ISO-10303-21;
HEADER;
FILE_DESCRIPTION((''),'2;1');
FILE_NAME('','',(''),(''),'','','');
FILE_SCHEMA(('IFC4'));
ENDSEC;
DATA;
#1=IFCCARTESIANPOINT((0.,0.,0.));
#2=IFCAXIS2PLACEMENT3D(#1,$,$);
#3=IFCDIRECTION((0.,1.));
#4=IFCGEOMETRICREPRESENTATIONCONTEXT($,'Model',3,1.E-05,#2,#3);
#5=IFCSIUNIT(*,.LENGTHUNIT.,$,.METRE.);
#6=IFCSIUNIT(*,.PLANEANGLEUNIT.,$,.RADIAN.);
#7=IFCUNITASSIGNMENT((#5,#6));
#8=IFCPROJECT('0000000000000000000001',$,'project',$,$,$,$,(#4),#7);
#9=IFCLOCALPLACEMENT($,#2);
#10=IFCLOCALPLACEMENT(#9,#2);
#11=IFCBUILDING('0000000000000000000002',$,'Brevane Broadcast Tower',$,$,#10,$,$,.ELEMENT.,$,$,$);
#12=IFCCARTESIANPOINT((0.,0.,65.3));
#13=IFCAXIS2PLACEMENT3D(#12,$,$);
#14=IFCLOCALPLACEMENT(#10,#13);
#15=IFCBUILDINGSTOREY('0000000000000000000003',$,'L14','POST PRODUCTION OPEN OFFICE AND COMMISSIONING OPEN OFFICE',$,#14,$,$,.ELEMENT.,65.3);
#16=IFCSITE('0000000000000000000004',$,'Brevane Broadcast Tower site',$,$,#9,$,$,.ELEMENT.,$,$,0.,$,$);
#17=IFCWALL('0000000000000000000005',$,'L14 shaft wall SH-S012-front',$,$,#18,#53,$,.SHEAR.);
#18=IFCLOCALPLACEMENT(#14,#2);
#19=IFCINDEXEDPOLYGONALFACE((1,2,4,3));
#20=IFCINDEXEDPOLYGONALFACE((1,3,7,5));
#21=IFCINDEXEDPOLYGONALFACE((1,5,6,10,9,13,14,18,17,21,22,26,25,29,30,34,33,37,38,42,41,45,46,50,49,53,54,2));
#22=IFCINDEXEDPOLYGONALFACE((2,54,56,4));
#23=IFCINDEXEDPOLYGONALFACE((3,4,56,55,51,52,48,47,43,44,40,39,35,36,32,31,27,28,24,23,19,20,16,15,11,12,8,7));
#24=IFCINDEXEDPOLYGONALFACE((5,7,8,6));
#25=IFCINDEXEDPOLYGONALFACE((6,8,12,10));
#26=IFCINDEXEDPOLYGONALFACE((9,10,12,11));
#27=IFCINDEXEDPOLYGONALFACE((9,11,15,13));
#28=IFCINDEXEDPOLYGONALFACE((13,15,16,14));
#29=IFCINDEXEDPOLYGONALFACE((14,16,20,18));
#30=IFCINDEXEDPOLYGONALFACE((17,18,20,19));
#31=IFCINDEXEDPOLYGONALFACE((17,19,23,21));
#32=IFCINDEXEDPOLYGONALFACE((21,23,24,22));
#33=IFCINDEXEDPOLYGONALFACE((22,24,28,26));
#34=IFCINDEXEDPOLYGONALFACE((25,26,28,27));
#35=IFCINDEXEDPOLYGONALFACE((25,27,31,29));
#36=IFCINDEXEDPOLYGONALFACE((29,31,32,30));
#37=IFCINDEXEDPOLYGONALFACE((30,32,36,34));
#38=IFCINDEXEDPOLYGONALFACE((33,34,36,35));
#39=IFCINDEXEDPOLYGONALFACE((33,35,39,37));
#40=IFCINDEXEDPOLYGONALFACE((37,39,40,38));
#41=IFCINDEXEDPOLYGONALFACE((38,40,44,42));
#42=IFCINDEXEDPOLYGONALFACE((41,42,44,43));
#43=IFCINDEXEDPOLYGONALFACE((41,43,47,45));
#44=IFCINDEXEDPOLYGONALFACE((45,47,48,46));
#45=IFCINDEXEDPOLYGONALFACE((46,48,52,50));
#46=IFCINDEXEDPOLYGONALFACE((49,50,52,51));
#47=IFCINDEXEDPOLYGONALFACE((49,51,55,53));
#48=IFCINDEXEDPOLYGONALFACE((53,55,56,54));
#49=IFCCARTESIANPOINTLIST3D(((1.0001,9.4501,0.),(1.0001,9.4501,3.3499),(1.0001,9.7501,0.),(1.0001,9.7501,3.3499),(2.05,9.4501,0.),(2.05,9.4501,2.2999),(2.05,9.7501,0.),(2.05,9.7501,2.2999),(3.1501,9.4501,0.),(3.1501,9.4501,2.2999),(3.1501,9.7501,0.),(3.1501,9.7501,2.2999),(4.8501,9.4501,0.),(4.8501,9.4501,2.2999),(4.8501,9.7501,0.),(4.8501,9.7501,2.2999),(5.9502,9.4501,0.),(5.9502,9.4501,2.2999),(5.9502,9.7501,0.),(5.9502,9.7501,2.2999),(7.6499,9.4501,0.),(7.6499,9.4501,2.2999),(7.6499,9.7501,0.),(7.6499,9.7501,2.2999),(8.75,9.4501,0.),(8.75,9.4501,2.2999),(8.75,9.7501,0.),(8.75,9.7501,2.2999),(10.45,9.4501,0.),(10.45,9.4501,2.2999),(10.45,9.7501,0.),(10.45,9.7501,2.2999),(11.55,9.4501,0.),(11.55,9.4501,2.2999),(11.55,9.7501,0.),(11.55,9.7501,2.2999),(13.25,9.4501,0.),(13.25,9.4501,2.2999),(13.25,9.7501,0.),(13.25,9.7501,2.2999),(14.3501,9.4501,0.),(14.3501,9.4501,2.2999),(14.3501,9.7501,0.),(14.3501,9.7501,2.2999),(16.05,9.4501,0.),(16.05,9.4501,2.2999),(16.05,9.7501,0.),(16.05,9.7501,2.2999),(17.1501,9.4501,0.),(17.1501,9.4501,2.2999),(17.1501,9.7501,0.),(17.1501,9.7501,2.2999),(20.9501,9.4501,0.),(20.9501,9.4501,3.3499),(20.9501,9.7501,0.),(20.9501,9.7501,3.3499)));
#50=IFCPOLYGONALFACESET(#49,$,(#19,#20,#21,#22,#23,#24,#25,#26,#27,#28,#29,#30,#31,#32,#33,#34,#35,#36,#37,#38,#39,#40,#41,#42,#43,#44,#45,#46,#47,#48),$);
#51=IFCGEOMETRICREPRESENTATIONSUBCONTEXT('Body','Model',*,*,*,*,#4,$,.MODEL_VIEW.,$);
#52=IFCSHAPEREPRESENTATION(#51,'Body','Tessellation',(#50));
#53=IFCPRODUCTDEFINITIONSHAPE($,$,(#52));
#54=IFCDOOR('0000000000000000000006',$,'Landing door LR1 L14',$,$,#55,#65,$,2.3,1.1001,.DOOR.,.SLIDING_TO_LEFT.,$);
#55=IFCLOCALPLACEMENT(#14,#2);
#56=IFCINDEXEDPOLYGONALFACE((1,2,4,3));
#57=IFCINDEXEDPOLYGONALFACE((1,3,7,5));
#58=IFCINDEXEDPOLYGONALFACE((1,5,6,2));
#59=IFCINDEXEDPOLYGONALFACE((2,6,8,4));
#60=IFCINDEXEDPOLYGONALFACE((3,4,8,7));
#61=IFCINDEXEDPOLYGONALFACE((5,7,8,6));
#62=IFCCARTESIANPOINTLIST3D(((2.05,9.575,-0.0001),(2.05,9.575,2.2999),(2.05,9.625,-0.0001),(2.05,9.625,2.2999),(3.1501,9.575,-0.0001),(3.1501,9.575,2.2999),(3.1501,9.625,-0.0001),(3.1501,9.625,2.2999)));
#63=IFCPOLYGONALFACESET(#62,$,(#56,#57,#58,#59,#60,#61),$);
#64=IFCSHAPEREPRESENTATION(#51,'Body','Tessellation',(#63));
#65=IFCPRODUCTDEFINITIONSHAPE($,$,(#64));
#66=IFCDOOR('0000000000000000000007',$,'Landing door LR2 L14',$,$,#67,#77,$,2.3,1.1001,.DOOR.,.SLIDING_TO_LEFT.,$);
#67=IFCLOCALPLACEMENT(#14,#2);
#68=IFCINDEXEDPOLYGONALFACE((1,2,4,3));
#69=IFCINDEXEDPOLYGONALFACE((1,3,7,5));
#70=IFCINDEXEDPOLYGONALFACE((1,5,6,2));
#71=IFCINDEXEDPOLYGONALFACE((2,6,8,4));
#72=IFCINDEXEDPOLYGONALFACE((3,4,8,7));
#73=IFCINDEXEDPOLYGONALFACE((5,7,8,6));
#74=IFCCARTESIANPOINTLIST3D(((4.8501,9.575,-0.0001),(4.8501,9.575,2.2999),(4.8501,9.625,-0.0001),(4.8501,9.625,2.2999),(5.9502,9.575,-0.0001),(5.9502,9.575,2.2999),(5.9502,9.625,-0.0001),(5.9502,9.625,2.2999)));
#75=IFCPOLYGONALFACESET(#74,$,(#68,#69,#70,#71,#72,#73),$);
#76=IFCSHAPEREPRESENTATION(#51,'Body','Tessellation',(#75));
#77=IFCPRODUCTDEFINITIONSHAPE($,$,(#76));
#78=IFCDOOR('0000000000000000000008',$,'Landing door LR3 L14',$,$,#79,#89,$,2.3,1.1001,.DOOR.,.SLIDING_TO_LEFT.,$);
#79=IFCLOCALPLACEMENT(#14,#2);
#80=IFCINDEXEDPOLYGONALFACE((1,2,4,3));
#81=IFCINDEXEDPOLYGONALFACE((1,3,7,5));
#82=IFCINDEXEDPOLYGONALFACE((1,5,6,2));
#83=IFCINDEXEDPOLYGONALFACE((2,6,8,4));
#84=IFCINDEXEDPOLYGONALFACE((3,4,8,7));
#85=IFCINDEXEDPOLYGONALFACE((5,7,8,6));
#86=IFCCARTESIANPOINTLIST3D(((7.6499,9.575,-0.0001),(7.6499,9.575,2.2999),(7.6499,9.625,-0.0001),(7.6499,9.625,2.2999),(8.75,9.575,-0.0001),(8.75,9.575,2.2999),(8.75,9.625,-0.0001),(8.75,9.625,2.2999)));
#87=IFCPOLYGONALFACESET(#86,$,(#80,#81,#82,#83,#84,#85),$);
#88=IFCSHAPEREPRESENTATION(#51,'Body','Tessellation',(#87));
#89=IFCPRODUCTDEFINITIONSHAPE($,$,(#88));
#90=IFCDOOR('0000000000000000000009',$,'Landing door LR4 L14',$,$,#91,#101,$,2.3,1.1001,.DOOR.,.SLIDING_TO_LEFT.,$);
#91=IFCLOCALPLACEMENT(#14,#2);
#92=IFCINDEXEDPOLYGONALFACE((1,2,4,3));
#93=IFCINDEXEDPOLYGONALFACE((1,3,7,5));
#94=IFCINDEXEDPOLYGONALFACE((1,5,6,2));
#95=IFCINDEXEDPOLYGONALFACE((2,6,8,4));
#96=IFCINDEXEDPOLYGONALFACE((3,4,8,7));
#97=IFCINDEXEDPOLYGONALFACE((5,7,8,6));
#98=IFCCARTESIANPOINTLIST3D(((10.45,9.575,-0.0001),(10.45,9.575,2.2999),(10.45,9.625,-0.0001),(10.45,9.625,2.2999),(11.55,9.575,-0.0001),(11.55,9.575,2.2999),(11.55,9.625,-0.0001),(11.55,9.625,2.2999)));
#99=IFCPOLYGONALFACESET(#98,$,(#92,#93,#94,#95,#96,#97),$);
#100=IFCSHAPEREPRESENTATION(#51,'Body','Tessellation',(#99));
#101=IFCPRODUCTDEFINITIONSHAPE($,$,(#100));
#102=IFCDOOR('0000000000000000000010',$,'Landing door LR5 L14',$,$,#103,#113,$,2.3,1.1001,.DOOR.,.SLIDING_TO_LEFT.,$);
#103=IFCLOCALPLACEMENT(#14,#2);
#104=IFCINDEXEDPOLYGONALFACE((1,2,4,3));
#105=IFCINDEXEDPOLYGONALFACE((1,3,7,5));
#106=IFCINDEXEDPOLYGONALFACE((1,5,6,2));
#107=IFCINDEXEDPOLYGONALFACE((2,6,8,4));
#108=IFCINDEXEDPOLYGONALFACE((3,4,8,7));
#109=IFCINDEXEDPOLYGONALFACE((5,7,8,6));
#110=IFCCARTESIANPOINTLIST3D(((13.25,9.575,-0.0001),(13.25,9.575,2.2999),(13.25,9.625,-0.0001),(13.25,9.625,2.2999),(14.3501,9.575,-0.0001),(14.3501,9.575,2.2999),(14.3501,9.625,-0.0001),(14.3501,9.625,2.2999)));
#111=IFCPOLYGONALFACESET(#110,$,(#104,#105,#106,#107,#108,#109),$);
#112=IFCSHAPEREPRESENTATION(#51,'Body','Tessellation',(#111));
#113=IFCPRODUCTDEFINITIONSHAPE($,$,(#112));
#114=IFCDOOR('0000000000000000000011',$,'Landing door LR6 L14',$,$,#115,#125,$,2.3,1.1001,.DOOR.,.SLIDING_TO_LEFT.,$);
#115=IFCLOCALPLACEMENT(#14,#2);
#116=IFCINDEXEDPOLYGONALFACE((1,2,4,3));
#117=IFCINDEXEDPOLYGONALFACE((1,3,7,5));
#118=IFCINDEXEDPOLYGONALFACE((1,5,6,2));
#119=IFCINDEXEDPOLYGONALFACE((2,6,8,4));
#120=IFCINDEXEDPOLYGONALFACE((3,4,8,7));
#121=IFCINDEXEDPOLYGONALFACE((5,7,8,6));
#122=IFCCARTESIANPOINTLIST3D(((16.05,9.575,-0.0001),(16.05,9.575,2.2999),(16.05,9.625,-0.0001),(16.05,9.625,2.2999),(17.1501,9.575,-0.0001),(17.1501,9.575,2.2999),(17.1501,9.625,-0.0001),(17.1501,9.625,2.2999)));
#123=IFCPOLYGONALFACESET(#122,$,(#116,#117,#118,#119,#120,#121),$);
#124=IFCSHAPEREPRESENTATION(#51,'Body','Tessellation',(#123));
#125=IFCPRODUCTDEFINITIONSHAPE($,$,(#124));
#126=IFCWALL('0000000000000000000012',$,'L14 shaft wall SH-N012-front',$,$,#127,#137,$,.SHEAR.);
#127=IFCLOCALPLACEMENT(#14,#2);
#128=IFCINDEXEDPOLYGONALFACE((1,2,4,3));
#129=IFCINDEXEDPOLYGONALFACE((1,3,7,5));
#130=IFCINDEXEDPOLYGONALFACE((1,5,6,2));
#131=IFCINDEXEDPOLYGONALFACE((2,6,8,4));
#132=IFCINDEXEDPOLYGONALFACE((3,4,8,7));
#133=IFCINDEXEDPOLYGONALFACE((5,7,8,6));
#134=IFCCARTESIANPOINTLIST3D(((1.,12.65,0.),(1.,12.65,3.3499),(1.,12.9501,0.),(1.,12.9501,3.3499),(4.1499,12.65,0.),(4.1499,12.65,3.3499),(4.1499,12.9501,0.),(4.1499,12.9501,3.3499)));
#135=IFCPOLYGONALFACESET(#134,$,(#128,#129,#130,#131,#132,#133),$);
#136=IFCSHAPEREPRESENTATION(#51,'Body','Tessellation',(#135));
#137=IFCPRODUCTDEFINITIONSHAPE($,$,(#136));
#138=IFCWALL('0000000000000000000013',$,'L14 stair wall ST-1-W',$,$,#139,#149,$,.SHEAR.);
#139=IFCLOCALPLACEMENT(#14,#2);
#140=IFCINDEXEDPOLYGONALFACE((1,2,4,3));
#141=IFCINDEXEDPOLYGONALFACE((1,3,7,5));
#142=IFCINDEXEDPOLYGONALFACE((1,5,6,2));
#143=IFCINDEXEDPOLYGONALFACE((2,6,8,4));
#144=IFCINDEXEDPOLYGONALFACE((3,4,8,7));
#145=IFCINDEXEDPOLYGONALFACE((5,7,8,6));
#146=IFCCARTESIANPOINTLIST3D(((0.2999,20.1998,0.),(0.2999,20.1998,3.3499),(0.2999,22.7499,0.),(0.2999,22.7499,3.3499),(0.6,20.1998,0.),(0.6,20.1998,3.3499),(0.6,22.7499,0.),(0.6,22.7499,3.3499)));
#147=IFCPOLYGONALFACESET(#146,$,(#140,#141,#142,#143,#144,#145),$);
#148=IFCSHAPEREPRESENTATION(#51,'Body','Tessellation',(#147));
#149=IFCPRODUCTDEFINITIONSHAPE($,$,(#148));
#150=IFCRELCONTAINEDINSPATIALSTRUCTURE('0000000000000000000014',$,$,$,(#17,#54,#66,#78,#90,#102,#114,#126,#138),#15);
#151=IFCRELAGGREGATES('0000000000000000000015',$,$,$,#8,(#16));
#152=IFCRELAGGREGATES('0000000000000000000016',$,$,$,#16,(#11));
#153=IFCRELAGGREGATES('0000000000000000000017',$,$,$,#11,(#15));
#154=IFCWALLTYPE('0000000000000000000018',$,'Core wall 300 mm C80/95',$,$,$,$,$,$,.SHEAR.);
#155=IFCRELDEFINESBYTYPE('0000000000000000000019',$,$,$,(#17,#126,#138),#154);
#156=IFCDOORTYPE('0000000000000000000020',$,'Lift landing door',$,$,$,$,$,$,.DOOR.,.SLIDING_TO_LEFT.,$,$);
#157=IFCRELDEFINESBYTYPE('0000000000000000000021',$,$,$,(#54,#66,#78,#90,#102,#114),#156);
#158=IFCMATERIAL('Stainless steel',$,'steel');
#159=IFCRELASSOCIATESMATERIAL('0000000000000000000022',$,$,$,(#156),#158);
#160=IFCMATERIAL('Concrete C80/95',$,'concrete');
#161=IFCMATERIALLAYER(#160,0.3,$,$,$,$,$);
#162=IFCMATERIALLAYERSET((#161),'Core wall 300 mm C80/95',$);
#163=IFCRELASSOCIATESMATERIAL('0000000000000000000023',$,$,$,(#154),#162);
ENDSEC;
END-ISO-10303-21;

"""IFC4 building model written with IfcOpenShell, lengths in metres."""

from ifc_helpers import new_model, si_unit, direction, frame, frame_2d, origin, place, context, subcontext, project, spatial, rectangle, extrude, material, layer, layer_set, type_object, element, fill, save


model = new_model("IFC4")

# Units and contexts
model_context = context("Model", 3, precision=1e-05, world=origin(), true_north=direction((0.0, 1.0)))
body_context = subcontext(model_context, "Body", "Model", "MODEL_VIEW")
ifc_project = project(units=[si_unit("LENGTHUNIT", "METRE"), si_unit("PLANEANGLEUNIT", "RADIAN")], contexts=[model_context])

# Site, building, storey
site_placement = place(None, origin())
site = spatial("IfcSite", under=ifc_project, at=site_placement, Name="Brevane Broadcast Tower site", CompositionType="ELEMENT", RefElevation=0.0)
building_placement = place(site_placement, origin())
building = spatial("IfcBuilding", under=site, at=building_placement, Name="Brevane Broadcast Tower", CompositionType="ELEMENT")
storey_placement = place(building_placement, frame((0.0, 0.0, 65.3)))
storey = spatial("IfcBuildingStorey", under=building, at=storey_placement, Name="L14", Description="POST PRODUCTION OPEN OFFICE AND COMMISSIONING OPEN OFFICE", CompositionType="ELEMENT", Elevation=65.3)

# Shared definitions
ifc_material_1 = material(Name="Concrete C80/95", Category="concrete")
ifc_material_2 = material(Name="Stainless steel", Category="steel")
door_type = type_object("IfcDoorType", Name="Lift landing door", OperationType="SLIDING_TO_LEFT", PredefinedType="DOOR", material=ifc_material_2)

# Wall, openings, doors
ifc_layer_1 = layer(ifc_material_1, 0.3)
ifc_layer_set_1 = layer_set([ifc_layer_1], Name="Core wall 300 mm C80/95")
wall_type_1 = type_object("IfcWallType", Name="Core wall 300 mm C80/95", PredefinedType="SHEAR", material=ifc_layer_set_1)
wall_1_placement = place(storey_placement, frame((1.0, 9.6001, 0.0), z_axis=(0.0, 0.0, 1.0), x_axis=(1.0, 0.0, 0.0)))
wall_1 = element("IfcWall", 1, at=wall_1_placement, inside=storey, type_object=wall_type_1, Name="L14 shaft wall SH-S012-front", PredefinedType="SHEAR", context=body_context, shape_type="SweptSolid", body=[
    extrude(rectangle(XDim=19.95, YDim=0.3, at=frame_2d((9.9751, 0.0))), origin(), (0.0, 0.0, 1.0), 3.3499),
])
opening_1_placement = place(wall_1_placement, frame((1.05, 0.0, 0.0)))
opening_1 = element("IfcOpeningElement", 2, at=opening_1_placement, cuts=wall_1, PredefinedType="OPENING", context=body_context, shape_type="SweptSolid", body=[
    extrude(rectangle(XDim=1.1001, YDim=2.3, at=frame_2d((0.55, 1.1499))), frame((0.0, 0.1599, 0.0), z_axis=(0.0, -1.0, 0.0), x_axis=(1.0, 0.0, 0.0)), (0.0, 0.0, 1.0), 0.3201),
])
opening_2_placement = place(wall_1_placement, frame((3.8501, 0.0, 0.0)))
opening_2 = element("IfcOpeningElement", 3, at=opening_2_placement, cuts=wall_1, PredefinedType="OPENING", context=body_context, shape_type="SweptSolid", body=[
    extrude(rectangle(XDim=1.1001, YDim=2.3, at=frame_2d((0.55, 1.1499))), frame((0.0, 0.1599, 0.0), z_axis=(0.0, -1.0, 0.0), x_axis=(1.0, 0.0, 0.0)), (0.0, 0.0, 1.0), 0.3201),
])
opening_3_placement = place(wall_1_placement, frame((6.6499, 0.0, 0.0)))
opening_3 = element("IfcOpeningElement", 4, at=opening_3_placement, cuts=wall_1, PredefinedType="OPENING", context=body_context, shape_type="SweptSolid", body=[
    extrude(rectangle(XDim=1.1001, YDim=2.3, at=frame_2d((0.55, 1.1499))), frame((0.0, 0.1599, 0.0), z_axis=(0.0, -1.0, 0.0), x_axis=(1.0, 0.0, 0.0)), (0.0, 0.0, 1.0), 0.3201),
])
opening_4_placement = place(wall_1_placement, frame((9.45, 0.0, 0.0)))
opening_4 = element("IfcOpeningElement", 5, at=opening_4_placement, cuts=wall_1, PredefinedType="OPENING", context=body_context, shape_type="SweptSolid", body=[
    extrude(rectangle(XDim=1.1001, YDim=2.3, at=frame_2d((0.55, 1.1499))), frame((0.0, 0.1599, 0.0), z_axis=(0.0, -1.0, 0.0), x_axis=(1.0, 0.0, 0.0)), (0.0, 0.0, 1.0), 0.3201),
])
opening_5_placement = place(wall_1_placement, frame((12.25, 0.0, 0.0)))
opening_5 = element("IfcOpeningElement", 6, at=opening_5_placement, cuts=wall_1, PredefinedType="OPENING", context=body_context, shape_type="SweptSolid", body=[
    extrude(rectangle(XDim=1.1001, YDim=2.3, at=frame_2d((0.55, 1.1499))), frame((0.0, 0.1599, 0.0), z_axis=(0.0, -1.0, 0.0), x_axis=(1.0, 0.0, 0.0)), (0.0, 0.0, 1.0), 0.3201),
])
opening_6_placement = place(wall_1_placement, frame((15.05, 0.0, 0.0)))
opening_6 = element("IfcOpeningElement", 7, at=opening_6_placement, cuts=wall_1, PredefinedType="OPENING", context=body_context, shape_type="SweptSolid", body=[
    extrude(rectangle(XDim=1.1001, YDim=2.3, at=frame_2d((0.55, 1.1499))), frame((0.0, 0.1599, 0.0), z_axis=(0.0, -1.0, 0.0), x_axis=(1.0, 0.0, 0.0)), (0.0, 0.0, 1.0), 0.3201),
])
door_1_placement = place(opening_1_placement, origin())
door_1 = element("IfcDoor", 8, at=door_1_placement, inside=storey, type_object=door_type, Name="Landing door LR1 L14", OperationType="SLIDING_TO_LEFT", OverallHeight=2.3, OverallWidth=1.1001, PredefinedType="DOOR", context=body_context, shape_type="SweptSolid", body=[
    extrude(rectangle(XDim=1.1001, YDim=2.3, at=frame_2d((0.55, 1.1499))), frame((0.0, 0.0249, 0.0), z_axis=(0.0, -1.0, 0.0), x_axis=(1.0, 0.0, 0.0)), (0.0, 0.0, 1.0), 0.05),
])
fill(opening_1, door_1)
door_2_placement = place(opening_2_placement, origin())
door_2 = element("IfcDoor", 9, at=door_2_placement, inside=storey, type_object=door_type, Name="Landing door LR2 L14", OperationType="SLIDING_TO_LEFT", OverallHeight=2.3, OverallWidth=1.1001, PredefinedType="DOOR", context=body_context, shape_type="SweptSolid", body=[
    extrude(rectangle(XDim=1.1001, YDim=2.3, at=frame_2d((0.55, 1.1499))), frame((0.0, 0.0249, 0.0), z_axis=(0.0, -1.0, 0.0), x_axis=(1.0, 0.0, 0.0)), (0.0, 0.0, 1.0), 0.05),
])
fill(opening_2, door_2)
door_3_placement = place(opening_3_placement, origin())
door_3 = element("IfcDoor", 10, at=door_3_placement, inside=storey, type_object=door_type, Name="Landing door LR3 L14", OperationType="SLIDING_TO_LEFT", OverallHeight=2.3, OverallWidth=1.1001, PredefinedType="DOOR", context=body_context, shape_type="SweptSolid", body=[
    extrude(rectangle(XDim=1.1001, YDim=2.3, at=frame_2d((0.55, 1.1499))), frame((0.0, 0.0249, 0.0), z_axis=(0.0, -1.0, 0.0), x_axis=(1.0, 0.0, 0.0)), (0.0, 0.0, 1.0), 0.05),
])
fill(opening_3, door_3)
door_4_placement = place(opening_4_placement, origin())
door_4 = element("IfcDoor", 11, at=door_4_placement, inside=storey, type_object=door_type, Name="Landing door LR4 L14", OperationType="SLIDING_TO_LEFT", OverallHeight=2.3, OverallWidth=1.1001, PredefinedType="DOOR", context=body_context, shape_type="SweptSolid", body=[
    extrude(rectangle(XDim=1.1001, YDim=2.3, at=frame_2d((0.55, 1.1499))), frame((0.0, 0.0249, 0.0), z_axis=(0.0, -1.0, 0.0), x_axis=(1.0, 0.0, 0.0)), (0.0, 0.0, 1.0), 0.05),
])
fill(opening_4, door_4)
door_5_placement = place(opening_5_placement, origin())
door_5 = element("IfcDoor", 12, at=door_5_placement, inside=storey, type_object=door_type, Name="Landing door LR5 L14", OperationType="SLIDING_TO_LEFT", OverallHeight=2.3, OverallWidth=1.1001, PredefinedType="DOOR", context=body_context, shape_type="SweptSolid", body=[
    extrude(rectangle(XDim=1.1001, YDim=2.3, at=frame_2d((0.55, 1.1499))), frame((0.0, 0.0249, 0.0), z_axis=(0.0, -1.0, 0.0), x_axis=(1.0, 0.0, 0.0)), (0.0, 0.0, 1.0), 0.05),
])
fill(opening_5, door_5)
door_6_placement = place(opening_6_placement, origin())
door_6 = element("IfcDoor", 13, at=door_6_placement, inside=storey, type_object=door_type, Name="Landing door LR6 L14", OperationType="SLIDING_TO_LEFT", OverallHeight=2.3, OverallWidth=1.1001, PredefinedType="DOOR", context=body_context, shape_type="SweptSolid", body=[
    extrude(rectangle(XDim=1.1001, YDim=2.3, at=frame_2d((0.55, 1.1499))), frame((0.0, 0.0249, 0.0), z_axis=(0.0, -1.0, 0.0), x_axis=(1.0, 0.0, 0.0)), (0.0, 0.0, 1.0), 0.05),
])
fill(opening_6, door_6)

# Walls
wall_2_placement = place(storey_placement, frame((1.0, 12.8, 0.0), z_axis=(0.0, 0.0, 1.0), x_axis=(1.0, 0.0, 0.0)))
element("IfcWall", 14, at=wall_2_placement, inside=storey, type_object=wall_type_1, Name="L14 shaft wall SH-N012-front", PredefinedType="SHEAR", context=body_context, shape_type="SweptSolid", body=[
    extrude(rectangle(XDim=3.1499, YDim=0.3, at=frame_2d((1.575, 0.0))), origin(), (0.0, 0.0, 1.0), 3.3499),
])
wall_3_placement = place(storey_placement, frame((0.45, 20.2, 0.0), z_axis=(0.0, 0.0, 1.0), x_axis=(0.0, 1.0, 0.0)))
element("IfcWall", 15, at=wall_3_placement, inside=storey, type_object=wall_type_1, Name="L14 stair wall ST-1-W", PredefinedType="SHEAR", context=body_context, shape_type="SweptSolid", body=[
    extrude(rectangle(XDim=2.55, YDim=0.3, at=frame_2d((1.2749, 0.0))), origin(), (0.0, 0.0, 1.0), 3.3499),
])

save(model, "model.ifc")
